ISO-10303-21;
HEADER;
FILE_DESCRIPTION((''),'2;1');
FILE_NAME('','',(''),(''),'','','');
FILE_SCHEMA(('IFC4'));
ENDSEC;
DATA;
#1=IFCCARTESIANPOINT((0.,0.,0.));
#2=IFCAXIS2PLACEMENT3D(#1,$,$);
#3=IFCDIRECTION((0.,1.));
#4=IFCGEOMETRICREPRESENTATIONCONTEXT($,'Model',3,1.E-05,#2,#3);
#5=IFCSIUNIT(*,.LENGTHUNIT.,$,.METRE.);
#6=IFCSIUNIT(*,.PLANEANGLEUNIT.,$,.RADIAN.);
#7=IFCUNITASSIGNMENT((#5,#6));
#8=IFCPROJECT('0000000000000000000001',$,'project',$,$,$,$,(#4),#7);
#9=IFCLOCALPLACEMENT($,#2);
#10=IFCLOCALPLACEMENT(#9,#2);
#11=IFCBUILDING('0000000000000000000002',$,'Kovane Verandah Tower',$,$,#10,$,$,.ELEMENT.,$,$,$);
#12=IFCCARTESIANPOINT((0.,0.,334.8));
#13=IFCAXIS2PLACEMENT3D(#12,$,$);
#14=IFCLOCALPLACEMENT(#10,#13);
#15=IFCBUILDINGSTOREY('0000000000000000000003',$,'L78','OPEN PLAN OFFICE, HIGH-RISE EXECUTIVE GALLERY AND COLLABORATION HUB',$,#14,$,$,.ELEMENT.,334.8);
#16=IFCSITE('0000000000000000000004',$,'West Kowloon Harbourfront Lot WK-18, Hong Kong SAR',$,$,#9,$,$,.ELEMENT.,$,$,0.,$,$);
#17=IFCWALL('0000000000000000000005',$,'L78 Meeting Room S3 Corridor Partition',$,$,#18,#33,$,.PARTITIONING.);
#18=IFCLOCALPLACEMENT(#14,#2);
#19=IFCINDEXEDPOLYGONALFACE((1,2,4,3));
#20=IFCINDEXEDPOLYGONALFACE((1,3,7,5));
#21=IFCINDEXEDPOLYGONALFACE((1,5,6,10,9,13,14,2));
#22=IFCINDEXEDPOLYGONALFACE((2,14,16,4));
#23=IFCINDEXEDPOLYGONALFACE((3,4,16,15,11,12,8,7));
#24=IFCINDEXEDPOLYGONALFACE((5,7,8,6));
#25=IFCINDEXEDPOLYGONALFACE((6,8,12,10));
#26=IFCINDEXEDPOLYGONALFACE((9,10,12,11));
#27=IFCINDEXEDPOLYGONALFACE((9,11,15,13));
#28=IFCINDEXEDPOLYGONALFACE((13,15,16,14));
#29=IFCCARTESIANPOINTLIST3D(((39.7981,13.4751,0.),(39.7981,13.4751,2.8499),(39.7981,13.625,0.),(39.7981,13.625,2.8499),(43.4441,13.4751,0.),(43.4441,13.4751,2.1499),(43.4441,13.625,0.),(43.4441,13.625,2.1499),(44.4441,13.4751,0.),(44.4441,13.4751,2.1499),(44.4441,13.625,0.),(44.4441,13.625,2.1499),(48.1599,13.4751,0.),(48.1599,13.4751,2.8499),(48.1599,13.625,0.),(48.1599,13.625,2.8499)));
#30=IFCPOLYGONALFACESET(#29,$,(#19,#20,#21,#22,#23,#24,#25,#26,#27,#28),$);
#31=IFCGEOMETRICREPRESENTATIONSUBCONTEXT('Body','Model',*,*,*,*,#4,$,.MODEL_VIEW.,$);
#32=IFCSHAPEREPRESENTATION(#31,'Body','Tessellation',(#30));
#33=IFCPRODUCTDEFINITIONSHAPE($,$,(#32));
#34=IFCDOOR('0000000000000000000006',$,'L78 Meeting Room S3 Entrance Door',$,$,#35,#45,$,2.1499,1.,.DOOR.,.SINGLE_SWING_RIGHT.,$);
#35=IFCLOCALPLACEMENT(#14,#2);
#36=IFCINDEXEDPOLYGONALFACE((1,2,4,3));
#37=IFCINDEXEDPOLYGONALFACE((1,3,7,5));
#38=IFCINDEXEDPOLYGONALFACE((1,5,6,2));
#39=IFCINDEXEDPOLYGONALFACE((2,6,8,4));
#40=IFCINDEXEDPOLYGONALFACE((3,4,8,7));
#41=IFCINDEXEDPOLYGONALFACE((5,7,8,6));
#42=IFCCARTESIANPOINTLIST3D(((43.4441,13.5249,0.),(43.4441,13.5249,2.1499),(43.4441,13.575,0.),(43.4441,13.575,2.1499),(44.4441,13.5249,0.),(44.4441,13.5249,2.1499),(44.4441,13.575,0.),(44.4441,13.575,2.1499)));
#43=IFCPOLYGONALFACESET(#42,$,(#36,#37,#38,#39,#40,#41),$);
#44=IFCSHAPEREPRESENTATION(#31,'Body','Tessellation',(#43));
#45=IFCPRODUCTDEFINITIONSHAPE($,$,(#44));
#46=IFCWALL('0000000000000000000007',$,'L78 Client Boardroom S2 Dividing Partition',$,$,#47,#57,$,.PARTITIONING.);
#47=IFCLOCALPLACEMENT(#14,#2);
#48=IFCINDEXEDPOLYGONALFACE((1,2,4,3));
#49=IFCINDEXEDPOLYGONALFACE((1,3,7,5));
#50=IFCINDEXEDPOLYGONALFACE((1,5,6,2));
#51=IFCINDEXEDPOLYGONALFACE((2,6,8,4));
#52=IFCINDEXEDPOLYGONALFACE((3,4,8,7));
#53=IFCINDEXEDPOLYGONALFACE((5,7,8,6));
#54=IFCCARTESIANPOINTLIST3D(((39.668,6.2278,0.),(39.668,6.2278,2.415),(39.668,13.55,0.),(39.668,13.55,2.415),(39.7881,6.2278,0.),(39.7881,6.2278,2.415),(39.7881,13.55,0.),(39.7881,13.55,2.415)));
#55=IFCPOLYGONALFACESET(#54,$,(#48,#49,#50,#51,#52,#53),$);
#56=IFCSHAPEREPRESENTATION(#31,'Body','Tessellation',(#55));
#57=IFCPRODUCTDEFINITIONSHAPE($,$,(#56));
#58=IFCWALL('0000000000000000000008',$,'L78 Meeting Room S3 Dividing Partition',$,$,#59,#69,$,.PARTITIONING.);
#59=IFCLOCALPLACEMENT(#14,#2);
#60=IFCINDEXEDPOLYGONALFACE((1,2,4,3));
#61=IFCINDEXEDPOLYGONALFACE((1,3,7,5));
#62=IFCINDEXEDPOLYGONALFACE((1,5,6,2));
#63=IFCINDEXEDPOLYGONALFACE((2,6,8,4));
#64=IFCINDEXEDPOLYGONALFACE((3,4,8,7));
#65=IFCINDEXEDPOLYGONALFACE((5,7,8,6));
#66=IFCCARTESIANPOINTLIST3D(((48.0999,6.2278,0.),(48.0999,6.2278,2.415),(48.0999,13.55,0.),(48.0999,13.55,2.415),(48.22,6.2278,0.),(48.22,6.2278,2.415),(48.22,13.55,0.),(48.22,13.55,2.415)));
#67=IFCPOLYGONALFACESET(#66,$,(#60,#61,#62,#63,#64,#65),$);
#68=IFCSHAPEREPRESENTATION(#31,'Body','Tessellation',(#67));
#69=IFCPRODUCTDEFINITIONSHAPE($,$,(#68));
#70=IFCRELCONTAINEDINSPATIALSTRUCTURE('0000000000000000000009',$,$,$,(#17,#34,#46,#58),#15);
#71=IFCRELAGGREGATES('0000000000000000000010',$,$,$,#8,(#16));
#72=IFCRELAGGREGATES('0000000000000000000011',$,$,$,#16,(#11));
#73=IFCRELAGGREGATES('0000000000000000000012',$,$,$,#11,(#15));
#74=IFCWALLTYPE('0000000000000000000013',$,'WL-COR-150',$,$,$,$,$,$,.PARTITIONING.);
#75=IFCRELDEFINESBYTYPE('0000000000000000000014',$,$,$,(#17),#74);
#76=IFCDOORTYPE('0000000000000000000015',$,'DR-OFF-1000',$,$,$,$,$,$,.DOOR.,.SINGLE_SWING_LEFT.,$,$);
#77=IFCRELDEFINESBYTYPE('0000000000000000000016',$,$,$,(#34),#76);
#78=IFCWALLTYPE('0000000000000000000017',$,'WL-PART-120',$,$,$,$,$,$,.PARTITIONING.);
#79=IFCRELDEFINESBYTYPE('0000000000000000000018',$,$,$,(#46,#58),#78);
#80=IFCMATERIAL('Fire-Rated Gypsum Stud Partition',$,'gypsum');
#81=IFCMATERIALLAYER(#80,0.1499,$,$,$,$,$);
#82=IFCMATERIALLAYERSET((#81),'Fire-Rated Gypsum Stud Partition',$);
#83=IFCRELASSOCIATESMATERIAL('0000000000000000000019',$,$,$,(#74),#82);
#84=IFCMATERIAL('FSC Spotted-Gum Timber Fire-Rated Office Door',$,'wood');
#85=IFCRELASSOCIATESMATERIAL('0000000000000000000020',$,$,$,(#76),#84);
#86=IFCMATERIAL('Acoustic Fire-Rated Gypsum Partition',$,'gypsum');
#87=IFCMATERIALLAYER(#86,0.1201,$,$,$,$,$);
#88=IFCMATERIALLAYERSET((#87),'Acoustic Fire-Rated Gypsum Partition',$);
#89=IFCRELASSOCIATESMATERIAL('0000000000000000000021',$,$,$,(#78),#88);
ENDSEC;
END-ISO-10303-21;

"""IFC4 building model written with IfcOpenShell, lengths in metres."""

from ifc_helpers import new_model, si_unit, direction, frame, frame_2d, origin, place, context, subcontext, project, spatial, rectangle, extrude, material, layer, layer_set, type_object, element, fill, save


model = new_model("IFC4")

# Units and contexts
model_context = context("Model", 3, precision=1e-05, world=origin(), true_north=direction((0.0, 1.0)))
body_context = subcontext(model_context, "Body", "Model", "MODEL_VIEW")
ifc_project = project(units=[si_unit("LENGTHUNIT", "METRE"), si_unit("PLANEANGLEUNIT", "RADIAN")], contexts=[model_context])

# Site, building, storey
site_placement = place(None, origin())
site = spatial("IfcSite", under=ifc_project, at=site_placement, Name="West Kowloon Harbourfront Lot WK-18, Hong Kong SAR", CompositionType="ELEMENT", RefElevation=0.0)
building_placement = place(site_placement, origin())
building = spatial("IfcBuilding", under=site, at=building_placement, Name="Kovane Verandah Tower", CompositionType="ELEMENT")
storey_placement = place(building_placement, frame((0.0, 0.0, 334.8)))
storey = spatial("IfcBuildingStorey", under=building, at=storey_placement, Name="L78", Description="OPEN PLAN OFFICE, HIGH-RISE EXECUTIVE GALLERY AND COLLABORATION HUB", CompositionType="ELEMENT", Elevation=334.8)

# Wall, opening, door
ifc_material_1 = material(Name="Fire-Rated Gypsum Stud Partition", Category="gypsum")
ifc_layer_1 = layer(ifc_material_1, 0.1499)
ifc_layer_set_1 = layer_set([ifc_layer_1], Name="Fire-Rated Gypsum Stud Partition")
wall_type_1 = type_object("IfcWallType", Name="WL-COR-150", PredefinedType="PARTITIONING", material=ifc_layer_set_1)
wall_1_placement = place(storey_placement, frame((39.7981, 13.55, 0.0), z_axis=(0.0, 0.0, 1.0), x_axis=(1.0, 0.0, 0.0)))
wall_1 = element("IfcWall", 1, at=wall_1_placement, inside=storey, type_object=wall_type_1, Name="L78 Meeting Room S3 Corridor Partition", PredefinedType="PARTITIONING", context=body_context, shape_type="SweptSolid", body=[
    extrude(rectangle(XDim=8.3618, YDim=0.1499, at=frame_2d((4.1809, 0.0))), origin(), (0.0, 0.0, 1.0), 2.8499),
])
opening_1_placement = place(wall_1_placement, frame((3.646, 0.0, 0.0)))
opening_1 = element("IfcOpeningElement", 2, at=opening_1_placement, cuts=wall_1, PredefinedType="OPENING", context=body_context, shape_type="SweptSolid", body=[
    extrude(rectangle(XDim=1.0, YDim=2.1499, at=frame_2d((0.5, 1.075))), frame((0.0, 0.075, 0.0), z_axis=(0.0, -1.0, 0.0), x_axis=(1.0, 0.0, 0.0)), (0.0, 0.0, 1.0), 0.1499),
])
ifc_material_2 = material(Name="FSC Spotted-Gum Timber Fire-Rated Office Door", Category="wood")
door_type = type_object("IfcDoorType", Name="DR-OFF-1000", OperationType="SINGLE_SWING_LEFT", PredefinedType="DOOR", material=ifc_material_2)
door_1_placement = place(opening_1_placement, origin())
door_1 = element("IfcDoor", 3, at=door_1_placement, inside=storey, type_object=door_type, Name="L78 Meeting Room S3 Entrance Door", OperationType="SINGLE_SWING_RIGHT", OverallHeight=2.1499, OverallWidth=1.0, PredefinedType="DOOR", context=body_context, shape_type="SweptSolid", body=[
    extrude(rectangle(XDim=1.0, YDim=2.1499, at=frame_2d((0.5, 1.075))), frame((0.0, 0.0249, 0.0), z_axis=(0.0, -1.0, 0.0), x_axis=(1.0, 0.0, 0.0)), (0.0, 0.0, 1.0), 0.05),
])
fill(opening_1, door_1)

# Walls
ifc_material_3 = material(Name="Acoustic Fire-Rated Gypsum Partition", Category="gypsum")
ifc_layer_2 = layer(ifc_material_3, 0.1201)
ifc_layer_set_2 = layer_set([ifc_layer_2], Name="Acoustic Fire-Rated Gypsum Partition")
wall_type_2 = type_object("IfcWallType", Name="WL-PART-120", PredefinedType="PARTITIONING", material=ifc_layer_set_2)
for number, where, z_axis, x_axis, name in (
    (4, (39.728, 6.2278, 0.0), (0.0, 0.0, 1.0), (0.0, 1.0, 0.0), "L78 Client Boardroom S2 Dividing Partition"),
    (5, (48.1599, 6.2278, 0.0), (0.0, 0.0, 1.0), (0.0, 1.0, 0.0), "L78 Meeting Room S3 Dividing Partition"),
):
    element("IfcWall", number, at=place(storey_placement, frame(where, z_axis=z_axis, x_axis=x_axis)), inside=storey, type_object=wall_type_2, Name=name, PredefinedType="PARTITIONING", context=body_context, shape_type="SweptSolid", body=[
        extrude(rectangle(XDim=7.3223, YDim=0.1201, at=frame_2d((3.6611, 0.0))), origin(), (0.0, 0.0, 1.0), 2.415),
    ])

save(model, "model.ifc")
